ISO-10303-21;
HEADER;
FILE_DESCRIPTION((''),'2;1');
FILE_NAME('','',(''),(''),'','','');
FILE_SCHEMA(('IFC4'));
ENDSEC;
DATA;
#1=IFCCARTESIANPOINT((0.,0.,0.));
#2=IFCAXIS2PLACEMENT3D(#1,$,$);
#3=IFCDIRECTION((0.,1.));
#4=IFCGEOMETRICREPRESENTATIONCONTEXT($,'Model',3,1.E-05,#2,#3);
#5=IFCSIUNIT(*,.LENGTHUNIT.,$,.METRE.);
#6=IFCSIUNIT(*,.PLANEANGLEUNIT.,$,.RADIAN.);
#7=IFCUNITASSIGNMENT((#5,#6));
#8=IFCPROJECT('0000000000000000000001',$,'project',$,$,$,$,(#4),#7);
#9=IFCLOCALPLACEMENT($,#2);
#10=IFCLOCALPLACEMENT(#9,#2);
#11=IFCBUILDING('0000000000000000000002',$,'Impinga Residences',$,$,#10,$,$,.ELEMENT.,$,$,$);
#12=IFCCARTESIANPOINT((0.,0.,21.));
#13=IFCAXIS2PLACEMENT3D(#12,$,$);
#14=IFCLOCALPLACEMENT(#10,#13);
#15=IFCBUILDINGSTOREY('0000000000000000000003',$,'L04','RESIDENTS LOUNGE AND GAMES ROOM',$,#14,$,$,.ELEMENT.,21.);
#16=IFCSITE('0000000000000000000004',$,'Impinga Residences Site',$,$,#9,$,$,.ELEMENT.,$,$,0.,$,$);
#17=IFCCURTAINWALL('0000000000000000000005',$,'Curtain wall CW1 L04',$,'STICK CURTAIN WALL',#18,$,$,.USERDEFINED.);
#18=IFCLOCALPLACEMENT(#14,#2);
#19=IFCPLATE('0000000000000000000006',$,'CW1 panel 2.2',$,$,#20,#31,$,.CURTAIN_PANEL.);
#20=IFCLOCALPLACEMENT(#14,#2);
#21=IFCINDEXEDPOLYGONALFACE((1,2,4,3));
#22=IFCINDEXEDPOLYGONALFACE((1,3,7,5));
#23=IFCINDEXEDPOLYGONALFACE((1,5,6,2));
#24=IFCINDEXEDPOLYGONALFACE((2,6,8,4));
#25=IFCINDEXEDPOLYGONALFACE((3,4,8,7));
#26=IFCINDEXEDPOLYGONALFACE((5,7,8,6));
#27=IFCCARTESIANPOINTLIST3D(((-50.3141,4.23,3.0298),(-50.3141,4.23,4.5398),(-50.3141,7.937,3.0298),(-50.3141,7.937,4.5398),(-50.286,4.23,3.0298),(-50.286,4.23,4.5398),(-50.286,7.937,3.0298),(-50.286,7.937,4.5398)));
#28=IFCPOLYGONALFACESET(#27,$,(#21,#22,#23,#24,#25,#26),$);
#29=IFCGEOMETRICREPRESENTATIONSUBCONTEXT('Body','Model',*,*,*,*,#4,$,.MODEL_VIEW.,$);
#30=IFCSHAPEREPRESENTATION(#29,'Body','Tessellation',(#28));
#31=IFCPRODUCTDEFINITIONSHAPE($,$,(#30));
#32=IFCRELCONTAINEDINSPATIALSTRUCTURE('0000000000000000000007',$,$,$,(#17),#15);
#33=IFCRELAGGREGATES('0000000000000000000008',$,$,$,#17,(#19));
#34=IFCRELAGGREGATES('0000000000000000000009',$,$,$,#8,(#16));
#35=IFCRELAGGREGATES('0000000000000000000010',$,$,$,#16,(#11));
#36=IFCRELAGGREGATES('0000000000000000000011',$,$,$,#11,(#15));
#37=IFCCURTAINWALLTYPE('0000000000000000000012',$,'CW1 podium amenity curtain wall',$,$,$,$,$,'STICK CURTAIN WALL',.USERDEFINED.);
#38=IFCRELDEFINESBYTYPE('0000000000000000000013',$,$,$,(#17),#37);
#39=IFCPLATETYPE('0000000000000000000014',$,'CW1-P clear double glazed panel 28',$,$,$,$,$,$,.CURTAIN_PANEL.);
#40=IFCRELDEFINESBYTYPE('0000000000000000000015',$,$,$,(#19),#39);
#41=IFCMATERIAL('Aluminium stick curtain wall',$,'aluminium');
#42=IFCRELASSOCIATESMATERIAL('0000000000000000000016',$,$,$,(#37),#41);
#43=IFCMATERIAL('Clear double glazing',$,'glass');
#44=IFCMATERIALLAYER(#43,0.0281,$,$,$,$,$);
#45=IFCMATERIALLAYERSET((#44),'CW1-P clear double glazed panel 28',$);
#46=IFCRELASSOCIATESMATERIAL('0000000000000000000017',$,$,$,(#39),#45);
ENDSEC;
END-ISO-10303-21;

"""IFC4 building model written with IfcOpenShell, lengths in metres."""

from ifc_helpers import new_model, si_unit, direction, frame, origin, origin_2d, place, context, subcontext, project, spatial, rectangle, extrude, material, layer, layer_set, type_object, element, aggregate, save


model = new_model("IFC4")

# Units and contexts
model_context = context("Model", 3, precision=1e-05, world=origin(), true_north=direction((0.0, 1.0)))
body_context = subcontext(model_context, "Body", "Model", "MODEL_VIEW")
ifc_project = project(units=[si_unit("LENGTHUNIT", "METRE"), si_unit("PLANEANGLEUNIT", "RADIAN")], contexts=[model_context])

# Site, building, storey
site_placement = place(None, origin())
site = spatial("IfcSite", under=ifc_project, at=site_placement, Name="Impinga Residences Site", CompositionType="ELEMENT", RefElevation=0.0)
building_placement = place(site_placement, origin())
building = spatial("IfcBuilding", under=site, at=building_placement, Name="Impinga Residences", CompositionType="ELEMENT")
storey_placement = place(building_placement, frame((0.0, 0.0, 21.0)))
storey = spatial("IfcBuildingStorey", under=building, at=storey_placement, Name="L04", Description="RESIDENTS LOUNGE AND GAMES ROOM", CompositionType="ELEMENT", Elevation=21.0)

# Curtain wall
ifc_material_1 = material(Name="Aluminium stick curtain wall", Category="aluminium")
curtain_wall_type = type_object("IfcCurtainWallType", Name="CW1 podium amenity curtain wall", ElementType="STICK CURTAIN WALL", PredefinedType="USERDEFINED", material=ifc_material_1)
curtain_wall_1_placement = place(storey_placement, origin())
curtain_wall_1 = element("IfcCurtainWall", 1, at=curtain_wall_1_placement, inside=storey, type_object=curtain_wall_type, Name="Curtain wall CW1 L04", ObjectType="STICK CURTAIN WALL", PredefinedType="USERDEFINED")

# Plate
ifc_material_2 = material(Name="Clear double glazing", Category="glass")
ifc_layer = layer(ifc_material_2, 0.0281)
ifc_layer_set = layer_set([ifc_layer], Name="CW1-P clear double glazed panel 28")
plate_type = type_object("IfcPlateType", Name="CW1-P clear double glazed panel 28", PredefinedType="CURTAIN_PANEL", material=ifc_layer_set)
plate_1_placement = place(storey_placement, frame((-50.3, 6.0835, 3.0298), z_axis=(0.0, 0.0, 1.0), x_axis=(0.0, 1.0, 0.0)))
plate_1 = element("IfcPlate", 2, at=plate_1_placement, type_object=plate_type, Name="CW1 panel 2.2", PredefinedType="CURTAIN_PANEL", context=body_context, shape_type="SweptSolid", body=[
    extrude(rectangle(XDim=3.707, YDim=0.0281, at=origin_2d()), origin(), (0.0, 0.0, 1.0), 1.51),
])
aggregate(curtain_wall_1, [plate_1])

save(model, "model.ifc")
